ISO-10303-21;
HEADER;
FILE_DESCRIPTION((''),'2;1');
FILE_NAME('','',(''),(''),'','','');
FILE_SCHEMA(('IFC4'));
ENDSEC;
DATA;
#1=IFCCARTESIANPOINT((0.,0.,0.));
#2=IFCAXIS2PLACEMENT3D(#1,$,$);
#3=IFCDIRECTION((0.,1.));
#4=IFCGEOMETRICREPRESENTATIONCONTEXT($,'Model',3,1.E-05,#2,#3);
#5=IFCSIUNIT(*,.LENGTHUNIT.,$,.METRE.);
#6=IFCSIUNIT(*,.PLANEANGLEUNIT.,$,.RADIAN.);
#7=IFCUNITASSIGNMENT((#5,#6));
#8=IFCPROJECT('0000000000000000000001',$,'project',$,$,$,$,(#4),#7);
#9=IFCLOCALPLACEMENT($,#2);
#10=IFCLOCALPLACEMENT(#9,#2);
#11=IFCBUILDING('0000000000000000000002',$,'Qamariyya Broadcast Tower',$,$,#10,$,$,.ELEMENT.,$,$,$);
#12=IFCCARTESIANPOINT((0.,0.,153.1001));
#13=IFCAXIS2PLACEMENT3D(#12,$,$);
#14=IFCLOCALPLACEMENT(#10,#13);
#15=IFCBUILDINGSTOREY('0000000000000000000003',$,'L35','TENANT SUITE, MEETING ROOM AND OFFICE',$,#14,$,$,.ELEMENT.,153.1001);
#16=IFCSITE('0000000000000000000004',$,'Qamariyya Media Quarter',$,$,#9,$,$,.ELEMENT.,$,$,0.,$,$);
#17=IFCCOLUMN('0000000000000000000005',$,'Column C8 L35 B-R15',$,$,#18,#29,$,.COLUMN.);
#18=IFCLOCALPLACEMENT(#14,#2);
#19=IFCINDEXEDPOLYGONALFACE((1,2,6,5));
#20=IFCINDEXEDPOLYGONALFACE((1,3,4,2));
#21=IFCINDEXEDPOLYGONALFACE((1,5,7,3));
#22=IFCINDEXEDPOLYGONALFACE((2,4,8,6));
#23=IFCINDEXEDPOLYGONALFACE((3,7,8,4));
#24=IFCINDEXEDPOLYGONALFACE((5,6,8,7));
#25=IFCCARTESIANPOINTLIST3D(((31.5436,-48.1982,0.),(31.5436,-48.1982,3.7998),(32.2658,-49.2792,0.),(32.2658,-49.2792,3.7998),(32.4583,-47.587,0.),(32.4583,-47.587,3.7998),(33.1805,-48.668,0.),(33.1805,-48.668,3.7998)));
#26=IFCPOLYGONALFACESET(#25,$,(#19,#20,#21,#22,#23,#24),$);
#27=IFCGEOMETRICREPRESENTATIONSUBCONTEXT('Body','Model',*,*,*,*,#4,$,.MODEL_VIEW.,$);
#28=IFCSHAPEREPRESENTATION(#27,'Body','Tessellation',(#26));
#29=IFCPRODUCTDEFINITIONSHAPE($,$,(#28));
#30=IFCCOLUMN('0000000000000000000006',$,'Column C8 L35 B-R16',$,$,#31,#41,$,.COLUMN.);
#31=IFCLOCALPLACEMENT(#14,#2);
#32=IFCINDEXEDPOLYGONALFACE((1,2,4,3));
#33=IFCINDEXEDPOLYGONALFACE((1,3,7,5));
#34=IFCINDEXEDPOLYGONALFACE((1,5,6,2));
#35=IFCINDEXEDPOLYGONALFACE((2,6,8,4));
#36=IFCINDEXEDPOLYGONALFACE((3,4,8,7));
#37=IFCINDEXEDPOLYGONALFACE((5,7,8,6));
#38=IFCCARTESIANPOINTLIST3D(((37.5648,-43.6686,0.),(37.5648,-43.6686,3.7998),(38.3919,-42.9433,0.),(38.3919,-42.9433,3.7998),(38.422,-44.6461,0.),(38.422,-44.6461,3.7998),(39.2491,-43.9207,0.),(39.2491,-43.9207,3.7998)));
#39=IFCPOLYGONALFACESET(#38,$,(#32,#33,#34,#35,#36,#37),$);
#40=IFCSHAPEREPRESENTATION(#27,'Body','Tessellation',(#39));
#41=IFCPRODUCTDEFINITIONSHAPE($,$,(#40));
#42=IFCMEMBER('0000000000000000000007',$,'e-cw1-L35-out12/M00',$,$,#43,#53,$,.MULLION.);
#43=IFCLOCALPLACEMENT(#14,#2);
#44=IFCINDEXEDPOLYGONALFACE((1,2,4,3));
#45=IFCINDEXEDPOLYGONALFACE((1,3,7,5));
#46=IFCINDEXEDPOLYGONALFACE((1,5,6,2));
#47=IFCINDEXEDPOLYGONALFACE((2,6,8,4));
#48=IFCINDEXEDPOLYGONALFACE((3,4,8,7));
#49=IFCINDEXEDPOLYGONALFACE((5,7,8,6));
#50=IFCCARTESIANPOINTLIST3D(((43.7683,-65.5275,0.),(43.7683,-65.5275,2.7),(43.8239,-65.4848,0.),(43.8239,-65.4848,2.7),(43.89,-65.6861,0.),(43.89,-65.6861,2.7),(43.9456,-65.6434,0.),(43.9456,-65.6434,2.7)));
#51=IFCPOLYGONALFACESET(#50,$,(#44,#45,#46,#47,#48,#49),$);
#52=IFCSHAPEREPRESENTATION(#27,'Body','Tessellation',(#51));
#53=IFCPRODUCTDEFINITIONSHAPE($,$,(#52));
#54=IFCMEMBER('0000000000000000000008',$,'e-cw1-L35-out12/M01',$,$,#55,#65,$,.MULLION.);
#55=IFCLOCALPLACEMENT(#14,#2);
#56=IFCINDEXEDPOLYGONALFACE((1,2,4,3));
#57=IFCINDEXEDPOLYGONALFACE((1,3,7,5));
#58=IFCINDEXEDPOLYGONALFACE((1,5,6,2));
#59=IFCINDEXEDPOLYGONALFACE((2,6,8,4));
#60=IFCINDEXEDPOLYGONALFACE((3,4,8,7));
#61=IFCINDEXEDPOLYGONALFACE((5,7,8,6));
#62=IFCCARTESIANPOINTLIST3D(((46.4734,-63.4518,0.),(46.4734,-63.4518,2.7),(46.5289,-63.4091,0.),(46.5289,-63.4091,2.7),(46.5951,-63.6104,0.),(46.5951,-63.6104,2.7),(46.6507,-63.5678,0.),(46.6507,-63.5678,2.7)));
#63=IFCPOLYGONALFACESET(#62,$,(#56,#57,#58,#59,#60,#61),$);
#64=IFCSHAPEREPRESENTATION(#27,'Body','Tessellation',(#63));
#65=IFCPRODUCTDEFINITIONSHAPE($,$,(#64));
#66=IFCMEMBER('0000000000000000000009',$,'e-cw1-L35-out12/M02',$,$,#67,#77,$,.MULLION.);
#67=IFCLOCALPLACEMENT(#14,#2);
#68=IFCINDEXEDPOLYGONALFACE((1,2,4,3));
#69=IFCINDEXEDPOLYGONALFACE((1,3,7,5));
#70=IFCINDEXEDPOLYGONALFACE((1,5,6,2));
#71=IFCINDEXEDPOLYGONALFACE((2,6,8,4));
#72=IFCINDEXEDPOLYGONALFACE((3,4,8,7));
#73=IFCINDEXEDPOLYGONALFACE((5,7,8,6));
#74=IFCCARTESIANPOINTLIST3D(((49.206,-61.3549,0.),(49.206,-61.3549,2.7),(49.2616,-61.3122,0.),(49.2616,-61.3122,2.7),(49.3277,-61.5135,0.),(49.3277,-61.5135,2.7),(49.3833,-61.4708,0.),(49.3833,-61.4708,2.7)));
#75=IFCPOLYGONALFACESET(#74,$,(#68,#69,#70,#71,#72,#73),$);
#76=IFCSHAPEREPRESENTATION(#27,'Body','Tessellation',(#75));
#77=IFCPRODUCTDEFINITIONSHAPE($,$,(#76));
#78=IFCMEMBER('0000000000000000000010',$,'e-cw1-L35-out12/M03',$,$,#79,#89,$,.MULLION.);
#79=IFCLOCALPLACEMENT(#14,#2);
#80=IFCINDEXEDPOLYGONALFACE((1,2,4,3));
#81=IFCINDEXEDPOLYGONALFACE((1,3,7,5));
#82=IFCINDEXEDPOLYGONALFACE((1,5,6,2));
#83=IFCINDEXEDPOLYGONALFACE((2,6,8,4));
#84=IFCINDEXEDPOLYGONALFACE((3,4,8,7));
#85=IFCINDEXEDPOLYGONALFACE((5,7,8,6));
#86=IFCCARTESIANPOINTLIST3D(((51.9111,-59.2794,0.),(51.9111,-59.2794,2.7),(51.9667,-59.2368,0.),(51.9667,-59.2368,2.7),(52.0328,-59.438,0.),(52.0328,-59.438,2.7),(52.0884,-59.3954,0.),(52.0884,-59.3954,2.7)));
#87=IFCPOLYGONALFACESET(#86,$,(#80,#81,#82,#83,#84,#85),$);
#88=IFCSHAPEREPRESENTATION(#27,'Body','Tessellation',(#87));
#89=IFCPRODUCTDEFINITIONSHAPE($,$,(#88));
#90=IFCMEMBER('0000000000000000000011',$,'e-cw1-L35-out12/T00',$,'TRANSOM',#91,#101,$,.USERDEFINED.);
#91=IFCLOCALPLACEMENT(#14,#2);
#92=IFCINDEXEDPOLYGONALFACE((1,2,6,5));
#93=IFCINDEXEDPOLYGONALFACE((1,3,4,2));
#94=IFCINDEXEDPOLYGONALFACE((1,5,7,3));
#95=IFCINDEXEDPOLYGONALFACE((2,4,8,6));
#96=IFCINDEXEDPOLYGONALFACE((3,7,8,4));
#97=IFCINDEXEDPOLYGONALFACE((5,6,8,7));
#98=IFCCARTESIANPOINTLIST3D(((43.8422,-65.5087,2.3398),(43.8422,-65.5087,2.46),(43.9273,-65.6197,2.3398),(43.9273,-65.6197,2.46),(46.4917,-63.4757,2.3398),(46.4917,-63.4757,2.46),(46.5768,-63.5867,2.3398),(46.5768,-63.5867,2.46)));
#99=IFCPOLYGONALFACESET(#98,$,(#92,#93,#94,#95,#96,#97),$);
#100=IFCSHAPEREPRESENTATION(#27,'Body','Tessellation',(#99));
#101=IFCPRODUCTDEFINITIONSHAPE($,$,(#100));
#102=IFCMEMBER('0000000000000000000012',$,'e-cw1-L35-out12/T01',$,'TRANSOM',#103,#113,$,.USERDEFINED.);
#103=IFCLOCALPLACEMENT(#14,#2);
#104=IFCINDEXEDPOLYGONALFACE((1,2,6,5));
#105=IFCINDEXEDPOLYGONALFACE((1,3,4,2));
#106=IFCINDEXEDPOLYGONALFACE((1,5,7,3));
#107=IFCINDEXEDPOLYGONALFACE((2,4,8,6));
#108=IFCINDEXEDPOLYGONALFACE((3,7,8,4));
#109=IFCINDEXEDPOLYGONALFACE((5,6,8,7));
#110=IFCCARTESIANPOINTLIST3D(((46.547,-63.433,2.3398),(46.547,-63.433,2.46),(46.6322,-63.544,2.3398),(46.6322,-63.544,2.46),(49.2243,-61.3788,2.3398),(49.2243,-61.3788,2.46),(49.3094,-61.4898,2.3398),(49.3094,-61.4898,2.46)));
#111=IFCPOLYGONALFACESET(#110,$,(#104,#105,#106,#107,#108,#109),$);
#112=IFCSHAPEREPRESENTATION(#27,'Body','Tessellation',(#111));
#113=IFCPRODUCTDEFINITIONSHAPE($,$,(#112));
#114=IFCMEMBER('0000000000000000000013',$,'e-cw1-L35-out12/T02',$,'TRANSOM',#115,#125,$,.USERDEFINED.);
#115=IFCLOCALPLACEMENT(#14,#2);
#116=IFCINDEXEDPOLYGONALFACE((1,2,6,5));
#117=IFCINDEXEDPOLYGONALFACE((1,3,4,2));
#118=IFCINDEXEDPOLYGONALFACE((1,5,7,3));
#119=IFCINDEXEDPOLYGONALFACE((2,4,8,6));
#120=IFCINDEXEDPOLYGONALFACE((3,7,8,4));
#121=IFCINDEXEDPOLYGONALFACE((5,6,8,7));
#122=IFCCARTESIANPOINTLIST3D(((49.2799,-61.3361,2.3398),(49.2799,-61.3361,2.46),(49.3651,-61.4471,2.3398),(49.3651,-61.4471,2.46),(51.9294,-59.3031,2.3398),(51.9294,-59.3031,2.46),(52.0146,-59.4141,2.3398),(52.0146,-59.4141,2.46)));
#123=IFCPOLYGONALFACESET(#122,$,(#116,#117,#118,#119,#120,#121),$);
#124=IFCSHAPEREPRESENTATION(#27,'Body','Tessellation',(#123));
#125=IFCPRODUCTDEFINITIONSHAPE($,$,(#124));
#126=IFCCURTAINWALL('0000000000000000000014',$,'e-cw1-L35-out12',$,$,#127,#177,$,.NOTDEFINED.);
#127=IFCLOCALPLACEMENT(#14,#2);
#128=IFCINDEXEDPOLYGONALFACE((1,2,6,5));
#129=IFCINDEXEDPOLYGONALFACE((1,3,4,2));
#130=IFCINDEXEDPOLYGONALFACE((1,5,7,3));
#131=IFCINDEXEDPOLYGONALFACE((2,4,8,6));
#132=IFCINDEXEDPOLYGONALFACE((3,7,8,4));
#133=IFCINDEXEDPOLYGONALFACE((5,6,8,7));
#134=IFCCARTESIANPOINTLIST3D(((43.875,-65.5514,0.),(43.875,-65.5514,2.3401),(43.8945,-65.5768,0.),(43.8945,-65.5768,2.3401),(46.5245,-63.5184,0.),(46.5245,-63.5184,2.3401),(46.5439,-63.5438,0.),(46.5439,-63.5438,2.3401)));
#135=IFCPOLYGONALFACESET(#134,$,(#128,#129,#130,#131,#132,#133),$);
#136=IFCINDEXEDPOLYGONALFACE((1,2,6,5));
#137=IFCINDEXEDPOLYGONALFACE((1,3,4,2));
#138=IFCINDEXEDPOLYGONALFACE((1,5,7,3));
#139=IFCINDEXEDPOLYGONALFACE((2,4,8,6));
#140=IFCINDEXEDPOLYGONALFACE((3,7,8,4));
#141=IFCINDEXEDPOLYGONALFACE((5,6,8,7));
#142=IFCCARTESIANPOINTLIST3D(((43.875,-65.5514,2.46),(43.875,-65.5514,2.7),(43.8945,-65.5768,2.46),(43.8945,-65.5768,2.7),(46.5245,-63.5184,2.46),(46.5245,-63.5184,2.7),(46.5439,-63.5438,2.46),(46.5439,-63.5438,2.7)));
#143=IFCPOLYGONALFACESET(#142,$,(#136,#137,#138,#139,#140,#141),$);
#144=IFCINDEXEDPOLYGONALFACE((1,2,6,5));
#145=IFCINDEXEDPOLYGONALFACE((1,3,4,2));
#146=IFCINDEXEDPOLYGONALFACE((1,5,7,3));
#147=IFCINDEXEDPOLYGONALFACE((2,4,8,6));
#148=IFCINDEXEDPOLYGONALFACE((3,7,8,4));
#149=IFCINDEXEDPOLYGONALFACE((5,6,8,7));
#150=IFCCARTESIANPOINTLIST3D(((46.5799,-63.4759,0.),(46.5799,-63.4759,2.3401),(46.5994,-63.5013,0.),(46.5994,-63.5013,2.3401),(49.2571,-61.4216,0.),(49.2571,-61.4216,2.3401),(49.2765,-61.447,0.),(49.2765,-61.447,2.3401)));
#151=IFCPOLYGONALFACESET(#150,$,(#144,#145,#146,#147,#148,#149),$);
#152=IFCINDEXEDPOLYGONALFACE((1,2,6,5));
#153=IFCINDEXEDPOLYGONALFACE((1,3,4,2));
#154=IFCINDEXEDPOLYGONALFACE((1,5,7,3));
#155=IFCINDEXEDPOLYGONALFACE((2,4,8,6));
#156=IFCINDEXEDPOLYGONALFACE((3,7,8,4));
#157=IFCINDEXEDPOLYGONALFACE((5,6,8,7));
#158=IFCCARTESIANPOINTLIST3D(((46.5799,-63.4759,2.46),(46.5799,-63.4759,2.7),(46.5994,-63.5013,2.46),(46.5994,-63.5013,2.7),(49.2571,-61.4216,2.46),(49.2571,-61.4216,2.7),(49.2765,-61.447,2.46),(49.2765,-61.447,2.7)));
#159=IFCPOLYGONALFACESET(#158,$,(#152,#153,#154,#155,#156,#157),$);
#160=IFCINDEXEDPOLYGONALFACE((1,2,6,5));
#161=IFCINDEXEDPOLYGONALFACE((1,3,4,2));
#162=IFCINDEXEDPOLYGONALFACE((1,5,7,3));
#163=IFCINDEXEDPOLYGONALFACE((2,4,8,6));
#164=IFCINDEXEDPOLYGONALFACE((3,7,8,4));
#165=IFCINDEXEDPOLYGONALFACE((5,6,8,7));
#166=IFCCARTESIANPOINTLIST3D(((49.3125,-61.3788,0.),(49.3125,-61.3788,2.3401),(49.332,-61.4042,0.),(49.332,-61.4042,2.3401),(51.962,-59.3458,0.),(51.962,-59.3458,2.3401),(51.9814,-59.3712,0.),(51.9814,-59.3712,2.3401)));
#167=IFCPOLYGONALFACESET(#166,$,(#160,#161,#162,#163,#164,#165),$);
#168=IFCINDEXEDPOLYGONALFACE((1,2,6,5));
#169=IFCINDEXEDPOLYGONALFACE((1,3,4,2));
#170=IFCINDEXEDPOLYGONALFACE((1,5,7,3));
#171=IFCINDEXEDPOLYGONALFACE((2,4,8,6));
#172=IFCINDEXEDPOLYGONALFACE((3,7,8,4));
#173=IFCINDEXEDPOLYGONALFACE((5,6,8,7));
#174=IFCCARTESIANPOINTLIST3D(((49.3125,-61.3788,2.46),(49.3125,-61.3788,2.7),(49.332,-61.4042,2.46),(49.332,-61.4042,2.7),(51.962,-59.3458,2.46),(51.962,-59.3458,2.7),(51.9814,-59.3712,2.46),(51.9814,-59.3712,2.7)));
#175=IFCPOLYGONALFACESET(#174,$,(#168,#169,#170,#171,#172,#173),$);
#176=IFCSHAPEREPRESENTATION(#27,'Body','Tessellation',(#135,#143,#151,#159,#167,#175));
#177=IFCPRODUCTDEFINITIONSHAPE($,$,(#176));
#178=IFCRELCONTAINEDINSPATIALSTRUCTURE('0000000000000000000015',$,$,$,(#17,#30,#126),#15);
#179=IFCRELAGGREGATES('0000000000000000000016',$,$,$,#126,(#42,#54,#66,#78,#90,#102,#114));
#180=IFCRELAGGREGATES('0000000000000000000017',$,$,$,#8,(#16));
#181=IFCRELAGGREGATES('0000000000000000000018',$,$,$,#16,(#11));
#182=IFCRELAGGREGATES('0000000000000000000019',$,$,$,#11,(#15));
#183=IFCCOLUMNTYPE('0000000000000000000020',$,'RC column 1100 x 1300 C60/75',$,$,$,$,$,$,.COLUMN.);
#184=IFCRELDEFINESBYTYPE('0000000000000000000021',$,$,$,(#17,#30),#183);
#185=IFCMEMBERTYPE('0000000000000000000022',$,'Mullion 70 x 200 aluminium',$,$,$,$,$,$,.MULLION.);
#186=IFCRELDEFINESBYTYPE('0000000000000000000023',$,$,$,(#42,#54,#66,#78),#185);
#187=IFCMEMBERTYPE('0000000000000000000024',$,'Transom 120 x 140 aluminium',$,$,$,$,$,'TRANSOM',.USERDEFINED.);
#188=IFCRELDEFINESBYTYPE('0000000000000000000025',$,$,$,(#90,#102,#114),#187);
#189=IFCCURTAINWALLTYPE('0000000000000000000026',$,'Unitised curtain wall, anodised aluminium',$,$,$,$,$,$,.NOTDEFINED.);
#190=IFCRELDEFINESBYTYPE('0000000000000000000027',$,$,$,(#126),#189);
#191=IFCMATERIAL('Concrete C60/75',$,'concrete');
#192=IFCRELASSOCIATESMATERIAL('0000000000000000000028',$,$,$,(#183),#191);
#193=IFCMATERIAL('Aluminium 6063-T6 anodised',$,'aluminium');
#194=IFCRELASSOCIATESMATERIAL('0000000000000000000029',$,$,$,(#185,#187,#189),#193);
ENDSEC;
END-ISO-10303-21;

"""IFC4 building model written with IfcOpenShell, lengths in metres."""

from ifc_helpers import new_model, si_unit, direction, frame, origin, origin_2d, place, context, subcontext, project, spatial, rectangle, extrude, material, material_profile, profile_set, type_object, element, aggregate, save


model = new_model("IFC4")

# Units and contexts
model_context = context("Model", 3, precision=1e-05, world=origin(), true_north=direction((0.0, 1.0)))
body_context = subcontext(model_context, "Body", "Model", "MODEL_VIEW")
ifc_project = project(units=[si_unit("LENGTHUNIT", "METRE"), si_unit("PLANEANGLEUNIT", "RADIAN")], contexts=[model_context])

# Site, building, storey
site_placement = place(None, origin())
site = spatial("IfcSite", under=ifc_project, at=site_placement, Name="Qamariyya Media Quarter", CompositionType="ELEMENT", RefElevation=0.0)
building_placement = place(site_placement, origin())
building = spatial("IfcBuilding", under=site, at=building_placement, Name="Qamariyya Broadcast Tower", CompositionType="ELEMENT")
storey_placement = place(building_placement, frame((0.0, 0.0, 153.1001)))
storey = spatial("IfcBuildingStorey", under=building, at=storey_placement, Name="L35", Description="TENANT SUITE, MEETING ROOM AND OFFICE", CompositionType="ELEMENT", Elevation=153.1001)

# Columns
ifc_material_1 = material(Name="Concrete C60/75", Category="concrete")
ifc_material_profile_1 = material_profile(ifc_material_1, rectangle(XDim=1.1001, YDim=1.3, at=origin_2d()))
ifc_profile_set_1 = profile_set([ifc_material_profile_1], Name="Concrete C60/75")
column_type = type_object("IfcColumnType", Name="RC column 1100 x 1300 C60/75", PredefinedType="COLUMN", material=ifc_profile_set_1)
for number, where, z_axis, x_axis, name in (
    (1, (32.3621, -48.4331, 0.0), (0.0, 0.0, 1.0), (0.83147, 0.55557, 0.0), "Column C8 L35 B-R15"),
    (2, (38.407, -43.7947, 0.0), (0.0, 0.0, 1.0), (0.75184, 0.659346, 0.0), "Column C8 L35 B-R16"),
):
    element("IfcColumn", number, at=place(storey_placement, frame(where, z_axis=z_axis, x_axis=x_axis)), inside=storey, type_object=column_type, Name=name, PredefinedType="COLUMN", context=body_context, shape_type="SweptSolid", body=[
        extrude(rectangle(XDim=1.1001, YDim=1.3, at=origin_2d()), origin(), (0.0, 0.0, 1.0), 3.7998),
    ])

# Members
ifc_material_2 = material(Name="Aluminium 6063-T6 anodised", Category="aluminium")
ifc_material_profile_2 = material_profile(ifc_material_2, rectangle(XDim=0.2, YDim=0.0701, at=origin_2d()))
ifc_profile_set_2 = profile_set([ifc_material_profile_2], Name="Aluminium 6063-T6 anodised")
member_type_1 = type_object("IfcMemberType", Name="Mullion 70 x 200 aluminium", PredefinedType="MULLION", material=ifc_profile_set_2)
member_1_placement = place(storey_placement, frame((43.8569, -65.5854, 0.0), z_axis=(0.0, 0.0, 1.0), x_axis=(-0.608761, 0.793353, 0.0)))
member_1 = element("IfcMember", 3, at=member_1_placement, type_object=member_type_1, Name="e-cw1-L35-out12/M00", PredefinedType="MULLION", context=body_context, shape_type="SweptSolid", body=[
    extrude(rectangle(XDim=0.2, YDim=0.0701, at=origin_2d()), origin(), (0.0, 0.0, 1.0), 2.7),
])
member_2_placement = place(storey_placement, frame((46.562, -63.5098, 0.0), z_axis=(0.0, 0.0, 1.0), x_axis=(-0.608761, 0.793353, 0.0)))
member_2 = element("IfcMember", 4, at=member_2_placement, type_object=member_type_1, Name="e-cw1-L35-out12/M01", PredefinedType="MULLION", context=body_context, shape_type="SweptSolid", body=[
    extrude(rectangle(XDim=0.2, YDim=0.0701, at=origin_2d()), origin(), (0.0, 0.0, 1.0), 2.7),
])
member_3_placement = place(storey_placement, frame((49.2947, -61.4128, 0.0), z_axis=(0.0, 0.0, 1.0), x_axis=(-0.608761, 0.793353, 0.0)))
member_3 = element("IfcMember", 5, at=member_3_placement, type_object=member_type_1, Name="e-cw1-L35-out12/M02", PredefinedType="MULLION", context=body_context, shape_type="SweptSolid", body=[
    extrude(rectangle(XDim=0.2, YDim=0.0701, at=origin_2d()), origin(), (0.0, 0.0, 1.0), 2.7),
])
member_4_placement = place(storey_placement, frame((51.9998, -59.3374, 0.0), z_axis=(0.0, 0.0, 1.0), x_axis=(-0.608761, 0.793353, 0.0)))
member_4 = element("IfcMember", 6, at=member_4_placement, type_object=member_type_1, Name="e-cw1-L35-out12/M03", PredefinedType="MULLION", context=body_context, shape_type="SweptSolid", body=[
    extrude(rectangle(XDim=0.2, YDim=0.0701, at=origin_2d()), origin(), (0.0, 0.0, 1.0), 2.7),
])

# Members
ifc_material_profile_3 = material_profile(ifc_material_2, rectangle(XDim=0.1399, YDim=0.1201, at=origin_2d()))
ifc_profile_set_3 = profile_set([ifc_material_profile_3], Name="Aluminium 6063-T6 anodised")
member_type_2 = type_object("IfcMemberType", Name="Transom 120 x 140 aluminium", ElementType="TRANSOM", PredefinedType="USERDEFINED", material=ifc_profile_set_3)
member_5_placement = place(storey_placement, frame((43.8848, -65.5642, 2.3999), z_axis=(0.793354, 0.60876, 0.0), x_axis=(-0.60876, 0.793354, 0.0)))
member_5 = element("IfcMember", 7, at=member_5_placement, type_object=member_type_2, Name="e-cw1-L35-out12/T00", ObjectType="TRANSOM", PredefinedType="USERDEFINED", context=body_context, shape_type="SweptSolid", body=[
    extrude(rectangle(XDim=0.1399, YDim=0.1201, at=origin_2d()), origin(), (0.0, 0.0, 1.0), 3.3396),
])
member_6_placement = place(storey_placement, frame((46.5896, -63.4885, 2.3999), z_axis=(0.793371, 0.608738, 0.0), x_axis=(-0.608738, 0.793371, 0.0)))
member_6 = element("IfcMember", 8, at=member_6_placement, type_object=member_type_2, Name="e-cw1-L35-out12/T01", ObjectType="TRANSOM", PredefinedType="USERDEFINED", context=body_context, shape_type="SweptSolid", body=[
    extrude(rectangle(XDim=0.1399, YDim=0.1201, at=origin_2d()), origin(), (0.0, 0.0, 1.0), 3.3745),
])
member_7_placement = place(storey_placement, frame((49.3225, -61.3916, 2.3999), z_axis=(0.793354, 0.60876, 0.0), x_axis=(-0.60876, 0.793354, 0.0)))
member_7 = element("IfcMember", 9, at=member_7_placement, type_object=member_type_2, Name="e-cw1-L35-out12/T02", ObjectType="TRANSOM", PredefinedType="USERDEFINED", context=body_context, shape_type="SweptSolid", body=[
    extrude(rectangle(XDim=0.1399, YDim=0.1201, at=origin_2d()), origin(), (0.0, 0.0, 1.0), 3.3396),
])

# Curtain wall
curtain_wall_type = type_object("IfcCurtainWallType", Name="Unitised curtain wall, anodised aluminium", PredefinedType="NOTDEFINED", material=ifc_material_2)
curtain_wall_1_placement = place(storey_placement, origin())
curtain_wall_1 = element("IfcCurtainWall", 10, at=curtain_wall_1_placement, inside=storey, type_object=curtain_wall_type, Name="e-cw1-L35-out12", PredefinedType="NOTDEFINED", context=body_context, shape_type="SweptSolid", body=[
    extrude(rectangle(XDim=3.3396, YDim=0.032, at=origin_2d()), frame((45.2095, -64.5476, 0.0), x_axis=(0.793352, 0.608764, 0.0)), (0.0, 0.0, 1.0), 2.3401),
    extrude(rectangle(XDim=3.3396, YDim=0.032, at=origin_2d()), frame((45.2095, -64.5476, 2.46), x_axis=(0.793352, 0.608764, 0.0)), (0.0, 0.0, 1.0), 0.24),
    extrude(rectangle(XDim=3.3745, YDim=0.032, at=origin_2d()), frame((47.9282, -62.4614, 0.0), x_axis=(0.793352, 0.608764, 0.0)), (0.0, 0.0, 1.0), 2.3401),
    extrude(rectangle(XDim=3.3745, YDim=0.032, at=origin_2d()), frame((47.9282, -62.4614, 2.46), x_axis=(0.793352, 0.608764, 0.0)), (0.0, 0.0, 1.0), 0.24),
    extrude(rectangle(XDim=3.3396, YDim=0.032, at=origin_2d()), frame((50.647, -60.375, 0.0), x_axis=(0.793352, 0.608764, 0.0)), (0.0, 0.0, 1.0), 2.3401),
    extrude(rectangle(XDim=3.3396, YDim=0.032, at=origin_2d()), frame((50.647, -60.375, 2.46), x_axis=(0.793352, 0.608764, 0.0)), (0.0, 0.0, 1.0), 0.24),
])
aggregate(curtain_wall_1, [member_1, member_2, member_3, member_4, member_5, member_6, member_7])

save(model, "model.ifc")
